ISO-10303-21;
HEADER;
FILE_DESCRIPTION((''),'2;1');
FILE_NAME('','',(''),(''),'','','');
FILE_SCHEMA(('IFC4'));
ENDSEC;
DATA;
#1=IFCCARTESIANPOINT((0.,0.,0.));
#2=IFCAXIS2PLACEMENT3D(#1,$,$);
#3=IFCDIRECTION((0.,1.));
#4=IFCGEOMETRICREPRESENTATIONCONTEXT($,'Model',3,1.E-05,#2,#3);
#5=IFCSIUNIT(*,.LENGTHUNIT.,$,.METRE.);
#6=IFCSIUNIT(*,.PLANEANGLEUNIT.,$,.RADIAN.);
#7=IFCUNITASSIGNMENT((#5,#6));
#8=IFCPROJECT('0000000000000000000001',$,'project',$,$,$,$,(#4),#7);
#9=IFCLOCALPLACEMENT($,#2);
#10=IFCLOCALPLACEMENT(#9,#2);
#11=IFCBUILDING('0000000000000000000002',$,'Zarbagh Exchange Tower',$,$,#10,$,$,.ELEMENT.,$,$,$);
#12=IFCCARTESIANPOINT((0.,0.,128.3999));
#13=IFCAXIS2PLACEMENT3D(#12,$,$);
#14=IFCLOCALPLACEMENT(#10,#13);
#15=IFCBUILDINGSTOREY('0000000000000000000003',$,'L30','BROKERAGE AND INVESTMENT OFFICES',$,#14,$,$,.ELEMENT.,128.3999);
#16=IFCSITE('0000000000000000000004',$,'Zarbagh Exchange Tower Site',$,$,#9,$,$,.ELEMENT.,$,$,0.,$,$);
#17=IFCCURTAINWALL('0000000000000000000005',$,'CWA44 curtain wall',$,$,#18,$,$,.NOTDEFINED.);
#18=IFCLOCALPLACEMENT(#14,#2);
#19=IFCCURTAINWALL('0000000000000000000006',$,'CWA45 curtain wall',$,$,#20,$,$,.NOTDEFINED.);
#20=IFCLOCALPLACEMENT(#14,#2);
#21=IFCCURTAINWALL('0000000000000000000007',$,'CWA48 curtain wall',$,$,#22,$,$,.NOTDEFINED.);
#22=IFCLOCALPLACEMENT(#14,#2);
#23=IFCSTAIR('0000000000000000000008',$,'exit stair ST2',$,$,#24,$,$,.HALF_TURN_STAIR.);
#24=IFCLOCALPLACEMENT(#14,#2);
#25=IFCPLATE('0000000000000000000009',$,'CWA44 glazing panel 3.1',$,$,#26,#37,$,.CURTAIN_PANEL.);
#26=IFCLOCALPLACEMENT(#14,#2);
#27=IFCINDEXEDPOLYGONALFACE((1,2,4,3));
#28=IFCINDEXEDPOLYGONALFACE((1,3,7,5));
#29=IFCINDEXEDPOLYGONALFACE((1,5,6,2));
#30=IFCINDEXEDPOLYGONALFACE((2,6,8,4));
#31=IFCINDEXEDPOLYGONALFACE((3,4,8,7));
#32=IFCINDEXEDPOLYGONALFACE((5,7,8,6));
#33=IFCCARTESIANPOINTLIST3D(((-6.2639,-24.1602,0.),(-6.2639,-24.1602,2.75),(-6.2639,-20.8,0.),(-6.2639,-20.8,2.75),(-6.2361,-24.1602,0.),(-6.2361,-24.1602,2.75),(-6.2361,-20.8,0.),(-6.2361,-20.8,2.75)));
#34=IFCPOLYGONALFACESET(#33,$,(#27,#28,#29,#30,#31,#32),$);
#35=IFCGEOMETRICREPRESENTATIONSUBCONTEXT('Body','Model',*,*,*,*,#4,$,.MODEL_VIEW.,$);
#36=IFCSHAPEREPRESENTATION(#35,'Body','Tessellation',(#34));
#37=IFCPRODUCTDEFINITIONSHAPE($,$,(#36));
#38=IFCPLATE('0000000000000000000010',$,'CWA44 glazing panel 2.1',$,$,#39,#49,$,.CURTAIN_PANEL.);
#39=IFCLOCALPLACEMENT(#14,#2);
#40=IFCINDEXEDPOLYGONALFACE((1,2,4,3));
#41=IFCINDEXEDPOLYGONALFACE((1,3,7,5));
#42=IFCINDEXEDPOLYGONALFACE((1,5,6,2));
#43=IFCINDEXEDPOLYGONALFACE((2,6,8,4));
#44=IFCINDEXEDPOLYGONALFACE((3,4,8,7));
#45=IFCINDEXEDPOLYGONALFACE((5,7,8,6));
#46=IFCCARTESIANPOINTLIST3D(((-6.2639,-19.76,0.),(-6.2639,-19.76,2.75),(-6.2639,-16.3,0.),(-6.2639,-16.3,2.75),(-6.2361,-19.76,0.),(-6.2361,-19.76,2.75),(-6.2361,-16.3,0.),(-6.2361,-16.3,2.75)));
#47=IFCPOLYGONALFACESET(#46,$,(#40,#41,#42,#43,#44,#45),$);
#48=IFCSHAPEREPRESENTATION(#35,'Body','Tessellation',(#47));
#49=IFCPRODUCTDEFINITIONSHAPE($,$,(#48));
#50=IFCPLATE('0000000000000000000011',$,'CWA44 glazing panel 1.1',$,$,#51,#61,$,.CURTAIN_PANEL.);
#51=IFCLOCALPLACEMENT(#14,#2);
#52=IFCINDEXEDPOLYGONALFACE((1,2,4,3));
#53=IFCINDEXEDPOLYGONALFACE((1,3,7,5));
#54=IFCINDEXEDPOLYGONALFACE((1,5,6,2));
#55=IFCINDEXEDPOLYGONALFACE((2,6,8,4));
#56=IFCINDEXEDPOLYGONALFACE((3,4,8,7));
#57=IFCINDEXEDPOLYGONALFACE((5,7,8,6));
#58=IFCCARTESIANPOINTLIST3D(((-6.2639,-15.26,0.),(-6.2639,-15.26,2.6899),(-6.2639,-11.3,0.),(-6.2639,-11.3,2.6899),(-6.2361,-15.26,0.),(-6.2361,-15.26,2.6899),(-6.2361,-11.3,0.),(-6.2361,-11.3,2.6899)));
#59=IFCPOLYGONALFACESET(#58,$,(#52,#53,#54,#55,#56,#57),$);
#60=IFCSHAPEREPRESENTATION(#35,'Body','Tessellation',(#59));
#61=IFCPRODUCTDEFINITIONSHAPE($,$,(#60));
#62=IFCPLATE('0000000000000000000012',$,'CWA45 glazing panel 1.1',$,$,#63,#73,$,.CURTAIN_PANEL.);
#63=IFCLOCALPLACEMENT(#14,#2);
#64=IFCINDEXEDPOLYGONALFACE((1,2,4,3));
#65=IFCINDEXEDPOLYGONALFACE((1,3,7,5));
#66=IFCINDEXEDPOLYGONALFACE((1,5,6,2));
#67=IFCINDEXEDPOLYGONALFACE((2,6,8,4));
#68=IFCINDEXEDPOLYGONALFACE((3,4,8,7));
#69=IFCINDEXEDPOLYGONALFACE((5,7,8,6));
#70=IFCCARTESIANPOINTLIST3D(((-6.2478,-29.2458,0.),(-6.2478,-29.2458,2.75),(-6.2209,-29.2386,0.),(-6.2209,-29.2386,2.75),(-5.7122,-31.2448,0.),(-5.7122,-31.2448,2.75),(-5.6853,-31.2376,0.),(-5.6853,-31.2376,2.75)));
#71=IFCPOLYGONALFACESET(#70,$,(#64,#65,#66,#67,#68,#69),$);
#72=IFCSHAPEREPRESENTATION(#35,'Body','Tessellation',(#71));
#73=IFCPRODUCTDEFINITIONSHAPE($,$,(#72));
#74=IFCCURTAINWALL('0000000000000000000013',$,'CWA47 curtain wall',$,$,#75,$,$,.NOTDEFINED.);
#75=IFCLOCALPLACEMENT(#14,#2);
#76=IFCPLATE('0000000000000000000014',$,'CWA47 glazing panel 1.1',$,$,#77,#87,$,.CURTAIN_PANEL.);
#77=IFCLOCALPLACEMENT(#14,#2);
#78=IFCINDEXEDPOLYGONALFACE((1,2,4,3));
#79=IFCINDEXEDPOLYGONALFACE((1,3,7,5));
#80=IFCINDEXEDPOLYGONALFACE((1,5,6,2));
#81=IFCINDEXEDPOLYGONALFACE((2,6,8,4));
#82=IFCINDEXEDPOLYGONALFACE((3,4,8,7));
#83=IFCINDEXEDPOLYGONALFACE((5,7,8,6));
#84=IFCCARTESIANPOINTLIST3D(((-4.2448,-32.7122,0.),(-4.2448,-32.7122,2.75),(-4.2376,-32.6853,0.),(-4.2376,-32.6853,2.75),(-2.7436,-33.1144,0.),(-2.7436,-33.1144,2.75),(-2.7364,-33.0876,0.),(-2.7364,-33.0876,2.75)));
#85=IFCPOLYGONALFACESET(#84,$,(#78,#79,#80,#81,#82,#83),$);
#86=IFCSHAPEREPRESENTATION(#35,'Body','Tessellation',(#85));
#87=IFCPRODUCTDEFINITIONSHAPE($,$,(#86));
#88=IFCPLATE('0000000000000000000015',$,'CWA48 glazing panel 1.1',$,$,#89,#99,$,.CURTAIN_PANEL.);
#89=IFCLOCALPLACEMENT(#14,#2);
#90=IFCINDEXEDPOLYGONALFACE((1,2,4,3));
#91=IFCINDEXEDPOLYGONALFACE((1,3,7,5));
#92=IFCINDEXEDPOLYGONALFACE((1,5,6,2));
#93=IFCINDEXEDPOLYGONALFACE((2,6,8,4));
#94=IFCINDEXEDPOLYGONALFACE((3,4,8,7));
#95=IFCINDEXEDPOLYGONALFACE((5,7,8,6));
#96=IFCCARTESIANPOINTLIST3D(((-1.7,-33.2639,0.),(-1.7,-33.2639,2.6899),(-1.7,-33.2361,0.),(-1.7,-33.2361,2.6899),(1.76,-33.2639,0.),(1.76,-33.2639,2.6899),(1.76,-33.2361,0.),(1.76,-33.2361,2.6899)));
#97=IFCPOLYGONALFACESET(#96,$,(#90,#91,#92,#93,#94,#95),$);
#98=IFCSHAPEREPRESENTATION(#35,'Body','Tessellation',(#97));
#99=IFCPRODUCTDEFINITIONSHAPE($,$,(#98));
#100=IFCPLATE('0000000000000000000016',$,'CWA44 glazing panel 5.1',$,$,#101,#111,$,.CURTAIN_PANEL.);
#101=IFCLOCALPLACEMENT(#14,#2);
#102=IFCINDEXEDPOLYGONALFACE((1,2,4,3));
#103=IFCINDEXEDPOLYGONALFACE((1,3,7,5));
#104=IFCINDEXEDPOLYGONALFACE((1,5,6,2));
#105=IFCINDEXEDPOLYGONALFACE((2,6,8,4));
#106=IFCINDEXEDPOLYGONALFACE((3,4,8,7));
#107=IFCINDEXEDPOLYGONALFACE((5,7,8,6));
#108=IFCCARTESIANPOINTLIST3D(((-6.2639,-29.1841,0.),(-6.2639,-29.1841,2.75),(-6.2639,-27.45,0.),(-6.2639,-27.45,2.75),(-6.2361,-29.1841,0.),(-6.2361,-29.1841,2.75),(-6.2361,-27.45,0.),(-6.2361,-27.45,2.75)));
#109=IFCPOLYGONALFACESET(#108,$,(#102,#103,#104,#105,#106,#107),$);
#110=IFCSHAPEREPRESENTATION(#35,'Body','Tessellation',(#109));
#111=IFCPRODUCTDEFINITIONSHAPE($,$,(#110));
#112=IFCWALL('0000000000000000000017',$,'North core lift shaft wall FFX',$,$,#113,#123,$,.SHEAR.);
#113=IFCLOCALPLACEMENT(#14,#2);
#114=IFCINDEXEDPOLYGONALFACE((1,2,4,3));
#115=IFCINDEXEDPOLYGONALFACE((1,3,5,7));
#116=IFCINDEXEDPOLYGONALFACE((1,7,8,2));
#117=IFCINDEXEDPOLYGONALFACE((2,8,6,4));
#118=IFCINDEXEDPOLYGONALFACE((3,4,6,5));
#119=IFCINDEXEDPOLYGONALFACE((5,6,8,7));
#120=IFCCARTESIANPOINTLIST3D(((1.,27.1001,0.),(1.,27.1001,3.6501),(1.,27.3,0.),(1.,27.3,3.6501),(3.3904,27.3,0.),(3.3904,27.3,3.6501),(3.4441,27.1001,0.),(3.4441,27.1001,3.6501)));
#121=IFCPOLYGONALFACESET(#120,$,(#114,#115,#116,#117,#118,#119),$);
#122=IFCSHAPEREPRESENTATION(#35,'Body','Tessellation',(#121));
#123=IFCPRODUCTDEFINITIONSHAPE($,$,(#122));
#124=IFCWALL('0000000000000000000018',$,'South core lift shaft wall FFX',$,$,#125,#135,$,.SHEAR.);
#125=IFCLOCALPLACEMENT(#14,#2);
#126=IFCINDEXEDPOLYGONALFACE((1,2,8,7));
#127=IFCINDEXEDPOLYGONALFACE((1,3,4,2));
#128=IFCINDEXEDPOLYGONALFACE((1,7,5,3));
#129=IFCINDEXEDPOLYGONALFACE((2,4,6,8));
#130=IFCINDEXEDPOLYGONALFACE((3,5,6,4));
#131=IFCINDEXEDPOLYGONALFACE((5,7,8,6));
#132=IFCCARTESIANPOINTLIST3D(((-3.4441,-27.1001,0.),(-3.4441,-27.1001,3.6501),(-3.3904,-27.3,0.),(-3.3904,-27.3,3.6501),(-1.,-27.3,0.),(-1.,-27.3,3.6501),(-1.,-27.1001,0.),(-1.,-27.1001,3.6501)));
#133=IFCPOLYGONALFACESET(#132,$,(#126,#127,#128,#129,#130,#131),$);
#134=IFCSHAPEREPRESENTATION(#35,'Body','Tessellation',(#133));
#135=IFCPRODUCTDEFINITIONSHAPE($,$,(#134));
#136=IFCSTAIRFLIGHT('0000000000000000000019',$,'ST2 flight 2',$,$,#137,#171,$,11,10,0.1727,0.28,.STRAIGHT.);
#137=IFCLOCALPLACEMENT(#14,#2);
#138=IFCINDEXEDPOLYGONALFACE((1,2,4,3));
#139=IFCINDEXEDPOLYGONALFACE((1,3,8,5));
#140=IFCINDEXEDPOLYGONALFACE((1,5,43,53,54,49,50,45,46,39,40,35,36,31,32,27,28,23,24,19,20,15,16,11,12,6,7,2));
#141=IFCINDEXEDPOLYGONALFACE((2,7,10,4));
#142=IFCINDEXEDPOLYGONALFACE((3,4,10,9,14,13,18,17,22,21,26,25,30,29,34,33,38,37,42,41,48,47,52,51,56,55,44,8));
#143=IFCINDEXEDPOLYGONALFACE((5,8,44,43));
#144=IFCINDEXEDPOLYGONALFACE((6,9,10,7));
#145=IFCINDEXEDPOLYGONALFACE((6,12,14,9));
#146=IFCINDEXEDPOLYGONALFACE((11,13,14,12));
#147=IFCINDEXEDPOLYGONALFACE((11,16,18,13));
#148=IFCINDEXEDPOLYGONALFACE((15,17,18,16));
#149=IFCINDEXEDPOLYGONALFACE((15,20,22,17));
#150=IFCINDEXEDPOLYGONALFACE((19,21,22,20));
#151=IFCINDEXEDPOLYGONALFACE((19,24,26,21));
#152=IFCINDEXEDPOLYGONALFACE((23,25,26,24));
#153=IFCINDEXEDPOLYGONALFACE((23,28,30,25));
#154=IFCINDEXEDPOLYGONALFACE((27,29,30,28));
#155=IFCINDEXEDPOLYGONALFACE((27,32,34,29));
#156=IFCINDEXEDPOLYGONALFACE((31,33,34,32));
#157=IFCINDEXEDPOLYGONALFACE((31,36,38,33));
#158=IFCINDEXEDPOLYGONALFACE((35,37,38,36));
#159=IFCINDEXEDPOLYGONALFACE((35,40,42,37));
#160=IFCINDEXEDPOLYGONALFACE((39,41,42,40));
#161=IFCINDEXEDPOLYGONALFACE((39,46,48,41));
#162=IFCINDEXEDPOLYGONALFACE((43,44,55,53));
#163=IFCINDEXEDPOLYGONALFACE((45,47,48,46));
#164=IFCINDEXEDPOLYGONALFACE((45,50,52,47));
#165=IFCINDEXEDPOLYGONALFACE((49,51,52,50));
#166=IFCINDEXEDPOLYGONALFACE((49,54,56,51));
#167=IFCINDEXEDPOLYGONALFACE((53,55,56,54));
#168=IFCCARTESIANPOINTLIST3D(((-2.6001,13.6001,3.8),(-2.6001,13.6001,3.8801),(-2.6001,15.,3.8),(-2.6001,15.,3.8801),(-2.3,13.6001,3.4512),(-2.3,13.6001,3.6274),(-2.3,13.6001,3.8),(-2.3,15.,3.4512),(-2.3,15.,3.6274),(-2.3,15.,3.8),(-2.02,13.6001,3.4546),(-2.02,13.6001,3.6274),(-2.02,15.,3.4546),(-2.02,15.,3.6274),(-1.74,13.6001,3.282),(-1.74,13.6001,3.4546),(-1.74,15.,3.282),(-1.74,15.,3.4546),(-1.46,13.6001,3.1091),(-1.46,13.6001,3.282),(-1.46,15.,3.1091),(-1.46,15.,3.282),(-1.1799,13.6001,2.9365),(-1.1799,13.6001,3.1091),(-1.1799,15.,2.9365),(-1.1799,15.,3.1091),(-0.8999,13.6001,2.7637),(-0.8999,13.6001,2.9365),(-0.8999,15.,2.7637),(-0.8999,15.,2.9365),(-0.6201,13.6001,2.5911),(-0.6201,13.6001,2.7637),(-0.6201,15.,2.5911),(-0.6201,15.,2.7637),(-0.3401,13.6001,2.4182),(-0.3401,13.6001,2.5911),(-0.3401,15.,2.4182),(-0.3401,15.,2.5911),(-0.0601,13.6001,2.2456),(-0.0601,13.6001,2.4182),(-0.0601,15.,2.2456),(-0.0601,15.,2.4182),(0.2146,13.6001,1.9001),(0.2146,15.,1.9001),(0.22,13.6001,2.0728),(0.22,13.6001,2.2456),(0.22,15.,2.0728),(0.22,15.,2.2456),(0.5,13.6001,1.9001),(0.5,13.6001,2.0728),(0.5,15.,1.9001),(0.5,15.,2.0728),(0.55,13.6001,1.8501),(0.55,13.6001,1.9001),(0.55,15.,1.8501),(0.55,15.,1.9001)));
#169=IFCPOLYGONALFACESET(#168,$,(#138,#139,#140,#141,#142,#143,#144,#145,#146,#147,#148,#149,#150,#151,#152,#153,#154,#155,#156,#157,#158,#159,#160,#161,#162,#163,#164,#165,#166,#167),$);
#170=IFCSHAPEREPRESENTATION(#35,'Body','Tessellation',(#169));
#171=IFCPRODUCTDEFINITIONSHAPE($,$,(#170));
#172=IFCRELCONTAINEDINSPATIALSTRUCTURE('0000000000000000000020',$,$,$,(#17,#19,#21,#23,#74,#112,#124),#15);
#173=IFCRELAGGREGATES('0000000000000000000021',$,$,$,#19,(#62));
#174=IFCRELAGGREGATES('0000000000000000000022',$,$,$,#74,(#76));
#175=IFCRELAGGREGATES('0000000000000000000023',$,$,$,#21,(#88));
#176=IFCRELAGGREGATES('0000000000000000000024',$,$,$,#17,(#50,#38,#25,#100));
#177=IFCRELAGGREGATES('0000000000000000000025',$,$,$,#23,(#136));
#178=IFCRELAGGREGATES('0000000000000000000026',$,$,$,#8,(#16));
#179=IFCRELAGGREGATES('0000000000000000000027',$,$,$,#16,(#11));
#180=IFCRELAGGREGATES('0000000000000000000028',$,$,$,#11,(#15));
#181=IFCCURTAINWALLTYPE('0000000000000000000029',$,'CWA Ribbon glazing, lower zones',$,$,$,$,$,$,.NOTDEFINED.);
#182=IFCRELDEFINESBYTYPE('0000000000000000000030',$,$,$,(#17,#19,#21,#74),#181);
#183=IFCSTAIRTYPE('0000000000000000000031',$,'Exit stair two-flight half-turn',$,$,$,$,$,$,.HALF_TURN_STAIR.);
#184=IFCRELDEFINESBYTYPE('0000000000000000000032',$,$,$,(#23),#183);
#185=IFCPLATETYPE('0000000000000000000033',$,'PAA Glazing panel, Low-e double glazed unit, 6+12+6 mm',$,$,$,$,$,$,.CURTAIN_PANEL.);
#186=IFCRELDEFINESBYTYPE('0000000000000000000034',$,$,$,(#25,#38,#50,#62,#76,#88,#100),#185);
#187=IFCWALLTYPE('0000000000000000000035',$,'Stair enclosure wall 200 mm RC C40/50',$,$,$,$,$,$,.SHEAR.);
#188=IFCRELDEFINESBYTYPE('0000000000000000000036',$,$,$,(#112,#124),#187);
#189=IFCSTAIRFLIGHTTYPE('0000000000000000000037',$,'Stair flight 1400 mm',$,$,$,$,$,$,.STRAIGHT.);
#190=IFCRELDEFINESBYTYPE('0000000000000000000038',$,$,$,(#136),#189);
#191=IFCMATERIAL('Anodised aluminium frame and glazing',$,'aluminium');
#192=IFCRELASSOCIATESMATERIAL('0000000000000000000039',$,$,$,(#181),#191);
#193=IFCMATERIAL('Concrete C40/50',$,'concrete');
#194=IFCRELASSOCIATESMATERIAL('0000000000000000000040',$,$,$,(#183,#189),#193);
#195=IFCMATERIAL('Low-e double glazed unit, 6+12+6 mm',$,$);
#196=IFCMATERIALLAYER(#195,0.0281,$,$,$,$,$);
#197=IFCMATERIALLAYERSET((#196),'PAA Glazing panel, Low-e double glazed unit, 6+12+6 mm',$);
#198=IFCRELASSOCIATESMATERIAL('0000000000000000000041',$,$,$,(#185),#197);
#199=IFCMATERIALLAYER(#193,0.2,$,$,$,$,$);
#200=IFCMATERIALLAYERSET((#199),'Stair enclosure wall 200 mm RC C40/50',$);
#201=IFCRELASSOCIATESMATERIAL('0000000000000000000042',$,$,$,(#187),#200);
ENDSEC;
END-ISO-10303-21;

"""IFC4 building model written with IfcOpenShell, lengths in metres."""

from ifc_helpers import new_model, si_unit, direction, frame, origin, place, context, subcontext, project, spatial, polyline, outline, extrude, source, transform, mapped, material, layer, layer_set, type_object, element, aggregate, save


model = new_model("IFC4")

# Units and contexts
model_context = context("Model", 3, precision=1e-05, world=origin(), true_north=direction((0.0, 1.0)))
body_context = subcontext(model_context, "Body", "Model", "MODEL_VIEW")
ifc_project = project(units=[si_unit("LENGTHUNIT", "METRE"), si_unit("PLANEANGLEUNIT", "RADIAN")], contexts=[model_context])

# Site, building, storey
site_placement = place(None, origin())
site = spatial("IfcSite", under=ifc_project, at=site_placement, Name="Zarbagh Exchange Tower Site", CompositionType="ELEMENT", RefElevation=0.0)
building_placement = place(site_placement, origin())
building = spatial("IfcBuilding", under=site, at=building_placement, Name="Zarbagh Exchange Tower", CompositionType="ELEMENT")
storey_placement = place(building_placement, frame((0.0, 0.0, 128.3999)))
storey = spatial("IfcBuildingStorey", under=building, at=storey_placement, Name="L30", Description="BROKERAGE AND INVESTMENT OFFICES", CompositionType="ELEMENT", Elevation=128.3999)

# Curtain wall
ifc_material_1 = material(Name="Anodised aluminium frame and glazing", Category="aluminium")
curtain_wall_type = type_object("IfcCurtainWallType", Name="CWA Ribbon glazing, lower zones", PredefinedType="NOTDEFINED", material=ifc_material_1)
curtain_wall_1_placement = place(storey_placement, origin())
curtain_wall_1 = element("IfcCurtainWall", 1, at=curtain_wall_1_placement, inside=storey, type_object=curtain_wall_type, Name="CWA44 curtain wall", PredefinedType="NOTDEFINED")
placement = place(storey_placement, origin())

# Curtain walls
curtain_wall_2_placement = place(storey_placement, origin())
curtain_wall_2 = element("IfcCurtainWall", 2, at=curtain_wall_2_placement, inside=storey, type_object=curtain_wall_type, Name="CWA45 curtain wall", PredefinedType="NOTDEFINED")
curtain_wall_3_placement = place(storey_placement, origin())
curtain_wall_3 = element("IfcCurtainWall", 3, at=curtain_wall_3_placement, inside=storey, type_object=curtain_wall_type, Name="CWA48 curtain wall", PredefinedType="NOTDEFINED")

# Stair
ifc_material_2 = material(Name="Concrete C40/50", Category="concrete")
stair_type = type_object("IfcStairType", Name="Exit stair two-flight half-turn", PredefinedType="HALF_TURN_STAIR", material=ifc_material_2)
stair_1_placement = place(storey_placement, origin())
stair_1 = element("IfcStair", 4, at=stair_1_placement, inside=storey, type_object=stair_type, Name="exit stair ST2", PredefinedType="HALF_TURN_STAIR")

# Shared definitions
ifc_material_3 = material(Name="Low-e double glazed unit, 6+12+6 mm")
ifc_layer_1 = layer(ifc_material_3, 0.0281)
ifc_layer_set_1 = layer_set([ifc_layer_1], Name="PAA Glazing panel, Low-e double glazed unit, 6+12+6 mm")
plate_type = type_object("IfcPlateType", Name="PAA Glazing panel, Low-e double glazed unit, 6+12+6 mm", PredefinedType="CURTAIN_PANEL", material=ifc_layer_set_1)

# Plates
shared_shape_1 = source(origin(), body_context, "Body", "SweptSolid", [
    extrude(outline(polyline([(0.0, -0.0139), (3.3601, -0.0139), (3.3601, 0.0139), (0.0, 0.0139), (0.0, -0.0139)])), origin(), (0.0, 0.0, 1.0), 2.75),
])
plate_1 = element("IfcPlate", 5, at=placement, type_object=plate_type, Name="CWA44 glazing panel 3.1", PredefinedType="CURTAIN_PANEL", context=body_context, shape_type="MappedRepresentation", body=[
    mapped(shared_shape_1, transform((-6.25, -20.8, 0.0), x_axis=(0.0, -1.0, 0.0), y_axis=(1.0, 0.0, 0.0), z_axis=(0.0, 0.0, 1.0))),
])
shared_shape_2 = source(origin(), body_context, "Body", "SweptSolid", [
    extrude(outline(polyline([(0.0, -0.0139), (3.46, -0.0139), (3.46, 0.0139), (0.0, 0.0139), (0.0, -0.0139)])), origin(), (0.0, 0.0, 1.0), 2.75),
])
plate_2 = element("IfcPlate", 6, at=placement, type_object=plate_type, Name="CWA44 glazing panel 2.1", PredefinedType="CURTAIN_PANEL", context=body_context, shape_type="MappedRepresentation", body=[
    mapped(shared_shape_2, transform((-6.25, -16.3, 0.0), x_axis=(0.0, -1.0, 0.0), y_axis=(1.0, 0.0, 0.0), z_axis=(0.0, 0.0, 1.0))),
])
shared_shape_3 = source(origin(), body_context, "Body", "SweptSolid", [
    extrude(outline(polyline([(0.0, -0.0139), (3.96, -0.0139), (3.96, 0.0139), (0.0, 0.0139), (0.0, -0.0139)])), origin(), (0.0, 0.0, 1.0), 2.6899),
])
plate_3 = element("IfcPlate", 7, at=placement, type_object=plate_type, Name="CWA44 glazing panel 1.1", PredefinedType="CURTAIN_PANEL", context=body_context, shape_type="MappedRepresentation", body=[
    mapped(shared_shape_3, transform((-6.25, -11.3, 0.0), x_axis=(0.0, -1.0, 0.0), y_axis=(1.0, 0.0, 0.0), z_axis=(0.0, 0.0, 1.0))),
])
shared_shape_4 = source(origin(), body_context, "Body", "SweptSolid", [
    extrude(outline(polyline([(0.0, -0.0139), (2.0696, -0.0139), (2.0696, 0.0139), (0.0, 0.0139), (0.0, -0.0139)])), origin(), (0.0, 0.0, 1.0), 2.75),
])
plate_4 = element("IfcPlate", 8, at=placement, type_object=plate_type, Name="CWA45 glazing panel 1.1", PredefinedType="CURTAIN_PANEL", context=body_context, shape_type="MappedRepresentation", body=[
    mapped(shared_shape_4, transform((-6.2344, -29.2422, 0.0), x_axis=(0.258825, -0.965924, 0.0), y_axis=(0.965924, 0.258825, 0.0), z_axis=(0.0, 0.0, 1.0))),
])
aggregate(curtain_wall_2, [plate_4])

# Curtain wall, plate
curtain_wall_4_placement = place(storey_placement, origin())
curtain_wall_4 = element("IfcCurtainWall", 9, at=curtain_wall_4_placement, inside=storey, type_object=curtain_wall_type, Name="CWA47 curtain wall", PredefinedType="NOTDEFINED")
shared_shape_5 = source(origin(), body_context, "Body", "SweptSolid", [
    extrude(outline(polyline([(0.0, -0.0139), (1.5542, -0.0139), (1.5542, 0.0139), (0.0, 0.0139), (0.0, -0.0139)])), origin(), (0.0, 0.0, 1.0), 2.75),
])
plate_5 = element("IfcPlate", 10, at=placement, type_object=plate_type, Name="CWA47 glazing panel 1.1", PredefinedType="CURTAIN_PANEL", context=body_context, shape_type="MappedRepresentation", body=[
    mapped(shared_shape_5, transform((-4.2412, -32.6987, 0.0), x_axis=(0.965924, -0.258825, 0.0), y_axis=(0.258825, 0.965924, 0.0), z_axis=(0.0, 0.0, 1.0))),
])
aggregate(curtain_wall_4, [plate_5])

# Plates
shared_shape_6 = source(origin(), body_context, "Body", "SweptSolid", [
    extrude(outline(polyline([(0.0, -0.0139), (3.46, -0.0139), (3.46, 0.0139), (0.0, 0.0139), (0.0, -0.0139)])), origin(), (0.0, 0.0, 1.0), 2.6899),
])
plate_6 = element("IfcPlate", 11, at=placement, type_object=plate_type, Name="CWA48 glazing panel 1.1", PredefinedType="CURTAIN_PANEL", context=body_context, shape_type="MappedRepresentation", body=[
    mapped(shared_shape_6, transform((-1.7, -33.25, 0.0), x_axis=(1.0, 0.0, 0.0), y_axis=(0.0, 1.0, 0.0), z_axis=(0.0, 0.0, 1.0))),
])
aggregate(curtain_wall_3, [plate_6])
shared_shape_7 = source(origin(), body_context, "Body", "SweptSolid", [
    extrude(outline(polyline([(0.0, -0.0139), (1.7341, -0.0139), (1.7341, 0.0139), (0.0, 0.0139), (0.0, -0.0139)])), origin(), (0.0, 0.0, 1.0), 2.75),
])
plate_7 = element("IfcPlate", 12, at=placement, type_object=plate_type, Name="CWA44 glazing panel 5.1", PredefinedType="CURTAIN_PANEL", context=body_context, shape_type="MappedRepresentation", body=[
    mapped(shared_shape_7, transform((-6.25, -27.45, 0.0), x_axis=(0.0, -1.0, 0.0), y_axis=(1.0, 0.0, 0.0), z_axis=(0.0, 0.0, 1.0))),
])
aggregate(curtain_wall_1, [plate_3, plate_2, plate_1, plate_7])

# Walls
ifc_layer_2 = layer(ifc_material_2, 0.2)
ifc_layer_set_2 = layer_set([ifc_layer_2], Name="Stair enclosure wall 200 mm RC C40/50")
wall_type = type_object("IfcWallType", Name="Stair enclosure wall 200 mm RC C40/50", PredefinedType="SHEAR", material=ifc_layer_set_2)
wall_1_placement = place(storey_placement, origin())
element("IfcWall", 13, at=wall_1_placement, inside=storey, type_object=wall_type, Name="North core lift shaft wall FFX", PredefinedType="SHEAR", context=body_context, shape_type="SweptSolid", body=[
    extrude(outline(polyline([(1.0, 27.1001), (3.4441, 27.1001), (3.3904, 27.3), (1.0, 27.3), (1.0, 27.1001)])), origin(), (0.0, 0.0, 1.0), 3.6501),
])
wall_2_placement = place(storey_placement, origin())
element("IfcWall", 14, at=wall_2_placement, inside=storey, type_object=wall_type, Name="South core lift shaft wall FFX", PredefinedType="SHEAR", context=body_context, shape_type="SweptSolid", body=[
    extrude(outline(polyline([(-1.0, -27.1001), (-3.4441, -27.1001), (-3.3904, -27.3), (-1.0, -27.3), (-1.0, -27.1001)])), origin(), (0.0, 0.0, 1.0), 3.6501),
])

# Stair flight
stair_flight_type = type_object("IfcStairFlightType", Name="Stair flight 1400 mm", PredefinedType="STRAIGHT", material=ifc_material_2)
stair_flight_placement = place(storey_placement, frame((0.5, 14.3, 1.9001), z_axis=(0.0, 0.0, 1.0), x_axis=(-1.0, 0.0, 0.0)))
stair_flight = element("IfcStairFlight", 15, at=stair_flight_placement, type_object=stair_flight_type, Name="ST2 flight 2", NumberOfRisers=11, NumberOfTreads=10, PredefinedType="STRAIGHT", RiserHeight=0.1727, TreadLength=0.28, context=body_context, shape_type="SweptSolid", body=[
    extrude(outline(polyline([(-0.05, -0.05), (-0.05, 0.0), (0.0, 0.0), (0.0, 0.1726), (0.28, 0.1726), (0.28, 0.3455), (0.5601, 0.3455), (0.5601, 0.5181), (0.8401, 0.5181), (0.8401, 0.6909), (1.1201, 0.6909), (1.1201, 0.8635), (1.3999, 0.8635), (1.3999, 1.0364), (1.6799, 1.0364), (1.6799, 1.209), (1.96, 1.209), (1.96, 1.3818), (2.24, 1.3818), (2.24, 1.5544), (2.52, 1.5544), (2.52, 1.7273), (2.8, 1.7273), (2.8, 1.8999), (3.1001, 1.98), (3.1001, 1.8999), (2.8, 1.551), (0.2854, 0.0), (-0.05, -0.05)])), frame((0.0, 0.7, 0.0), z_axis=(0.0, -1.0, 0.0), x_axis=(1.0, 0.0, 0.0)), (0.0, 0.0, 1.0), 1.3999),
])
aggregate(stair_1, [stair_flight])

save(model, "model.ifc")
